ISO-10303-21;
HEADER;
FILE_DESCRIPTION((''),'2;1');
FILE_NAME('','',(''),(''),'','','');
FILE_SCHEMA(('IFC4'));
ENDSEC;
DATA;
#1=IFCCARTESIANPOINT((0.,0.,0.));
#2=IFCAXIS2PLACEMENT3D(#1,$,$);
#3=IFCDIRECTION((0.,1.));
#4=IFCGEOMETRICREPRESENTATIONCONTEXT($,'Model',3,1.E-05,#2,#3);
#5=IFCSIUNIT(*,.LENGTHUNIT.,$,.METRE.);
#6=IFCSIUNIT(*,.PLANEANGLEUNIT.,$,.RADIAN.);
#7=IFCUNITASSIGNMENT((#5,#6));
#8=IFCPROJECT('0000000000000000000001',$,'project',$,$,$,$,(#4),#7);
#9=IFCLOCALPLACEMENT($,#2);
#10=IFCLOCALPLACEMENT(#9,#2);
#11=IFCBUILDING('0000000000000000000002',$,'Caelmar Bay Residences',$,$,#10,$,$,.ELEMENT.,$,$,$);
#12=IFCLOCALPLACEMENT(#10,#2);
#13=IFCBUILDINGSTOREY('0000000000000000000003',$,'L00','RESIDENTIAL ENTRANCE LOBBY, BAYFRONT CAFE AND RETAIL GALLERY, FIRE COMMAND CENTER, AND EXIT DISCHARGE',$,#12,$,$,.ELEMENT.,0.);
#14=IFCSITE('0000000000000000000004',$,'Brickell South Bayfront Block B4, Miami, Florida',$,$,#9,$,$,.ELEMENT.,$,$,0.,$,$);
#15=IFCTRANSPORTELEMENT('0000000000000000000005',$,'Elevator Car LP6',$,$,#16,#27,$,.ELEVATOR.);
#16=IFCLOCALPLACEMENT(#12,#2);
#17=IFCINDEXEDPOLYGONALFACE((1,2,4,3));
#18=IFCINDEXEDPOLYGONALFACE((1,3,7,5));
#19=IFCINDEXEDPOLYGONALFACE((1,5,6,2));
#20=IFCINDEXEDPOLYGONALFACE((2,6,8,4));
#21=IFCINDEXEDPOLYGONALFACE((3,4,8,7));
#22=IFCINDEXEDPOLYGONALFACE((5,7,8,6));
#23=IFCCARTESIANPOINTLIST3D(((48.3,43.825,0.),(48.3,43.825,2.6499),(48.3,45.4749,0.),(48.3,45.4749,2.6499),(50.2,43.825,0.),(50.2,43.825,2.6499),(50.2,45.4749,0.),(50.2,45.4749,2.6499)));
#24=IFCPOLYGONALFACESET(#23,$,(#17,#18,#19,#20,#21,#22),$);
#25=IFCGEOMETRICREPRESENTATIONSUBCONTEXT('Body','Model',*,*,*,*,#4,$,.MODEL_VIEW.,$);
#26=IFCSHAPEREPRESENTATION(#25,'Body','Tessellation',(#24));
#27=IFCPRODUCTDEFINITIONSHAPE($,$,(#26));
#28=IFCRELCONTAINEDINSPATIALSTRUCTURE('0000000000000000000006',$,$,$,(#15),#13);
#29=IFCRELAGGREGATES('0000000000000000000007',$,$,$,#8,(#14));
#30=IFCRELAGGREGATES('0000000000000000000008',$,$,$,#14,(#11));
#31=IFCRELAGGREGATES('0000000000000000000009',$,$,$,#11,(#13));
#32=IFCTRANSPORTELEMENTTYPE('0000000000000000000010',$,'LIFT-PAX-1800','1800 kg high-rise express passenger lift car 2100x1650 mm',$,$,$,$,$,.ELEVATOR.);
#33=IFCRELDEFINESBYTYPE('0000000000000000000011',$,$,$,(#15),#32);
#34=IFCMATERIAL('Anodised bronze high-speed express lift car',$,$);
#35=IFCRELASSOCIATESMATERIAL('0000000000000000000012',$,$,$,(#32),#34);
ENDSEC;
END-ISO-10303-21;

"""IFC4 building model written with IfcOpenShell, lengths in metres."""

from ifc_helpers import new_model, si_unit, direction, frame, origin, origin_2d, place, context, subcontext, project, spatial, rectangle, extrude, material, type_object, element, save


model = new_model("IFC4")

# Units and contexts
model_context = context("Model", 3, precision=1e-05, world=origin(), true_north=direction((0.0, 1.0)))
body_context = subcontext(model_context, "Body", "Model", "MODEL_VIEW")
ifc_project = project(units=[si_unit("LENGTHUNIT", "METRE"), si_unit("PLANEANGLEUNIT", "RADIAN")], contexts=[model_context])

# Site, building, storey
site_placement = place(None, origin())
site = spatial("IfcSite", under=ifc_project, at=site_placement, Name="Brickell South Bayfront Block B4, Miami, Florida", CompositionType="ELEMENT", RefElevation=0.0)
building_placement = place(site_placement, origin())
building = spatial("IfcBuilding", under=site, at=building_placement, Name="Caelmar Bay Residences", CompositionType="ELEMENT")
storey_placement = place(building_placement, origin())
storey = spatial("IfcBuildingStorey", under=building, at=storey_placement, Name="L00", Description="RESIDENTIAL ENTRANCE LOBBY, BAYFRONT CAFE AND RETAIL GALLERY, FIRE COMMAND CENTER, AND EXIT DISCHARGE", CompositionType="ELEMENT", Elevation=0.0)

# Transport element
ifc_material_1 = material(Name="Anodised bronze high-speed express lift car")
transport_element_type_1 = type_object("IfcTransportElementType", Name="LIFT-PAX-1800", Description="1800 kg high-rise express passenger lift car 2100x1650 mm", PredefinedType="ELEVATOR", material=ifc_material_1)
transport_element_placement = place(storey_placement, frame((49.25, 44.6499, 0.0), z_axis=(0.0, 0.0, 1.0), x_axis=(1.0, 0.0, 0.0)))
element("IfcTransportElement", 1, at=transport_element_placement, inside=storey, type_object=transport_element_type_1, Name="Elevator Car LP6", PredefinedType="ELEVATOR", context=body_context, shape_type="SweptSolid", body=[
    extrude(rectangle(XDim=1.8999, YDim=1.6499, at=origin_2d()), origin(), (0.0, 0.0, 1.0), 2.6499),
])

save(model, "model.ifc")
